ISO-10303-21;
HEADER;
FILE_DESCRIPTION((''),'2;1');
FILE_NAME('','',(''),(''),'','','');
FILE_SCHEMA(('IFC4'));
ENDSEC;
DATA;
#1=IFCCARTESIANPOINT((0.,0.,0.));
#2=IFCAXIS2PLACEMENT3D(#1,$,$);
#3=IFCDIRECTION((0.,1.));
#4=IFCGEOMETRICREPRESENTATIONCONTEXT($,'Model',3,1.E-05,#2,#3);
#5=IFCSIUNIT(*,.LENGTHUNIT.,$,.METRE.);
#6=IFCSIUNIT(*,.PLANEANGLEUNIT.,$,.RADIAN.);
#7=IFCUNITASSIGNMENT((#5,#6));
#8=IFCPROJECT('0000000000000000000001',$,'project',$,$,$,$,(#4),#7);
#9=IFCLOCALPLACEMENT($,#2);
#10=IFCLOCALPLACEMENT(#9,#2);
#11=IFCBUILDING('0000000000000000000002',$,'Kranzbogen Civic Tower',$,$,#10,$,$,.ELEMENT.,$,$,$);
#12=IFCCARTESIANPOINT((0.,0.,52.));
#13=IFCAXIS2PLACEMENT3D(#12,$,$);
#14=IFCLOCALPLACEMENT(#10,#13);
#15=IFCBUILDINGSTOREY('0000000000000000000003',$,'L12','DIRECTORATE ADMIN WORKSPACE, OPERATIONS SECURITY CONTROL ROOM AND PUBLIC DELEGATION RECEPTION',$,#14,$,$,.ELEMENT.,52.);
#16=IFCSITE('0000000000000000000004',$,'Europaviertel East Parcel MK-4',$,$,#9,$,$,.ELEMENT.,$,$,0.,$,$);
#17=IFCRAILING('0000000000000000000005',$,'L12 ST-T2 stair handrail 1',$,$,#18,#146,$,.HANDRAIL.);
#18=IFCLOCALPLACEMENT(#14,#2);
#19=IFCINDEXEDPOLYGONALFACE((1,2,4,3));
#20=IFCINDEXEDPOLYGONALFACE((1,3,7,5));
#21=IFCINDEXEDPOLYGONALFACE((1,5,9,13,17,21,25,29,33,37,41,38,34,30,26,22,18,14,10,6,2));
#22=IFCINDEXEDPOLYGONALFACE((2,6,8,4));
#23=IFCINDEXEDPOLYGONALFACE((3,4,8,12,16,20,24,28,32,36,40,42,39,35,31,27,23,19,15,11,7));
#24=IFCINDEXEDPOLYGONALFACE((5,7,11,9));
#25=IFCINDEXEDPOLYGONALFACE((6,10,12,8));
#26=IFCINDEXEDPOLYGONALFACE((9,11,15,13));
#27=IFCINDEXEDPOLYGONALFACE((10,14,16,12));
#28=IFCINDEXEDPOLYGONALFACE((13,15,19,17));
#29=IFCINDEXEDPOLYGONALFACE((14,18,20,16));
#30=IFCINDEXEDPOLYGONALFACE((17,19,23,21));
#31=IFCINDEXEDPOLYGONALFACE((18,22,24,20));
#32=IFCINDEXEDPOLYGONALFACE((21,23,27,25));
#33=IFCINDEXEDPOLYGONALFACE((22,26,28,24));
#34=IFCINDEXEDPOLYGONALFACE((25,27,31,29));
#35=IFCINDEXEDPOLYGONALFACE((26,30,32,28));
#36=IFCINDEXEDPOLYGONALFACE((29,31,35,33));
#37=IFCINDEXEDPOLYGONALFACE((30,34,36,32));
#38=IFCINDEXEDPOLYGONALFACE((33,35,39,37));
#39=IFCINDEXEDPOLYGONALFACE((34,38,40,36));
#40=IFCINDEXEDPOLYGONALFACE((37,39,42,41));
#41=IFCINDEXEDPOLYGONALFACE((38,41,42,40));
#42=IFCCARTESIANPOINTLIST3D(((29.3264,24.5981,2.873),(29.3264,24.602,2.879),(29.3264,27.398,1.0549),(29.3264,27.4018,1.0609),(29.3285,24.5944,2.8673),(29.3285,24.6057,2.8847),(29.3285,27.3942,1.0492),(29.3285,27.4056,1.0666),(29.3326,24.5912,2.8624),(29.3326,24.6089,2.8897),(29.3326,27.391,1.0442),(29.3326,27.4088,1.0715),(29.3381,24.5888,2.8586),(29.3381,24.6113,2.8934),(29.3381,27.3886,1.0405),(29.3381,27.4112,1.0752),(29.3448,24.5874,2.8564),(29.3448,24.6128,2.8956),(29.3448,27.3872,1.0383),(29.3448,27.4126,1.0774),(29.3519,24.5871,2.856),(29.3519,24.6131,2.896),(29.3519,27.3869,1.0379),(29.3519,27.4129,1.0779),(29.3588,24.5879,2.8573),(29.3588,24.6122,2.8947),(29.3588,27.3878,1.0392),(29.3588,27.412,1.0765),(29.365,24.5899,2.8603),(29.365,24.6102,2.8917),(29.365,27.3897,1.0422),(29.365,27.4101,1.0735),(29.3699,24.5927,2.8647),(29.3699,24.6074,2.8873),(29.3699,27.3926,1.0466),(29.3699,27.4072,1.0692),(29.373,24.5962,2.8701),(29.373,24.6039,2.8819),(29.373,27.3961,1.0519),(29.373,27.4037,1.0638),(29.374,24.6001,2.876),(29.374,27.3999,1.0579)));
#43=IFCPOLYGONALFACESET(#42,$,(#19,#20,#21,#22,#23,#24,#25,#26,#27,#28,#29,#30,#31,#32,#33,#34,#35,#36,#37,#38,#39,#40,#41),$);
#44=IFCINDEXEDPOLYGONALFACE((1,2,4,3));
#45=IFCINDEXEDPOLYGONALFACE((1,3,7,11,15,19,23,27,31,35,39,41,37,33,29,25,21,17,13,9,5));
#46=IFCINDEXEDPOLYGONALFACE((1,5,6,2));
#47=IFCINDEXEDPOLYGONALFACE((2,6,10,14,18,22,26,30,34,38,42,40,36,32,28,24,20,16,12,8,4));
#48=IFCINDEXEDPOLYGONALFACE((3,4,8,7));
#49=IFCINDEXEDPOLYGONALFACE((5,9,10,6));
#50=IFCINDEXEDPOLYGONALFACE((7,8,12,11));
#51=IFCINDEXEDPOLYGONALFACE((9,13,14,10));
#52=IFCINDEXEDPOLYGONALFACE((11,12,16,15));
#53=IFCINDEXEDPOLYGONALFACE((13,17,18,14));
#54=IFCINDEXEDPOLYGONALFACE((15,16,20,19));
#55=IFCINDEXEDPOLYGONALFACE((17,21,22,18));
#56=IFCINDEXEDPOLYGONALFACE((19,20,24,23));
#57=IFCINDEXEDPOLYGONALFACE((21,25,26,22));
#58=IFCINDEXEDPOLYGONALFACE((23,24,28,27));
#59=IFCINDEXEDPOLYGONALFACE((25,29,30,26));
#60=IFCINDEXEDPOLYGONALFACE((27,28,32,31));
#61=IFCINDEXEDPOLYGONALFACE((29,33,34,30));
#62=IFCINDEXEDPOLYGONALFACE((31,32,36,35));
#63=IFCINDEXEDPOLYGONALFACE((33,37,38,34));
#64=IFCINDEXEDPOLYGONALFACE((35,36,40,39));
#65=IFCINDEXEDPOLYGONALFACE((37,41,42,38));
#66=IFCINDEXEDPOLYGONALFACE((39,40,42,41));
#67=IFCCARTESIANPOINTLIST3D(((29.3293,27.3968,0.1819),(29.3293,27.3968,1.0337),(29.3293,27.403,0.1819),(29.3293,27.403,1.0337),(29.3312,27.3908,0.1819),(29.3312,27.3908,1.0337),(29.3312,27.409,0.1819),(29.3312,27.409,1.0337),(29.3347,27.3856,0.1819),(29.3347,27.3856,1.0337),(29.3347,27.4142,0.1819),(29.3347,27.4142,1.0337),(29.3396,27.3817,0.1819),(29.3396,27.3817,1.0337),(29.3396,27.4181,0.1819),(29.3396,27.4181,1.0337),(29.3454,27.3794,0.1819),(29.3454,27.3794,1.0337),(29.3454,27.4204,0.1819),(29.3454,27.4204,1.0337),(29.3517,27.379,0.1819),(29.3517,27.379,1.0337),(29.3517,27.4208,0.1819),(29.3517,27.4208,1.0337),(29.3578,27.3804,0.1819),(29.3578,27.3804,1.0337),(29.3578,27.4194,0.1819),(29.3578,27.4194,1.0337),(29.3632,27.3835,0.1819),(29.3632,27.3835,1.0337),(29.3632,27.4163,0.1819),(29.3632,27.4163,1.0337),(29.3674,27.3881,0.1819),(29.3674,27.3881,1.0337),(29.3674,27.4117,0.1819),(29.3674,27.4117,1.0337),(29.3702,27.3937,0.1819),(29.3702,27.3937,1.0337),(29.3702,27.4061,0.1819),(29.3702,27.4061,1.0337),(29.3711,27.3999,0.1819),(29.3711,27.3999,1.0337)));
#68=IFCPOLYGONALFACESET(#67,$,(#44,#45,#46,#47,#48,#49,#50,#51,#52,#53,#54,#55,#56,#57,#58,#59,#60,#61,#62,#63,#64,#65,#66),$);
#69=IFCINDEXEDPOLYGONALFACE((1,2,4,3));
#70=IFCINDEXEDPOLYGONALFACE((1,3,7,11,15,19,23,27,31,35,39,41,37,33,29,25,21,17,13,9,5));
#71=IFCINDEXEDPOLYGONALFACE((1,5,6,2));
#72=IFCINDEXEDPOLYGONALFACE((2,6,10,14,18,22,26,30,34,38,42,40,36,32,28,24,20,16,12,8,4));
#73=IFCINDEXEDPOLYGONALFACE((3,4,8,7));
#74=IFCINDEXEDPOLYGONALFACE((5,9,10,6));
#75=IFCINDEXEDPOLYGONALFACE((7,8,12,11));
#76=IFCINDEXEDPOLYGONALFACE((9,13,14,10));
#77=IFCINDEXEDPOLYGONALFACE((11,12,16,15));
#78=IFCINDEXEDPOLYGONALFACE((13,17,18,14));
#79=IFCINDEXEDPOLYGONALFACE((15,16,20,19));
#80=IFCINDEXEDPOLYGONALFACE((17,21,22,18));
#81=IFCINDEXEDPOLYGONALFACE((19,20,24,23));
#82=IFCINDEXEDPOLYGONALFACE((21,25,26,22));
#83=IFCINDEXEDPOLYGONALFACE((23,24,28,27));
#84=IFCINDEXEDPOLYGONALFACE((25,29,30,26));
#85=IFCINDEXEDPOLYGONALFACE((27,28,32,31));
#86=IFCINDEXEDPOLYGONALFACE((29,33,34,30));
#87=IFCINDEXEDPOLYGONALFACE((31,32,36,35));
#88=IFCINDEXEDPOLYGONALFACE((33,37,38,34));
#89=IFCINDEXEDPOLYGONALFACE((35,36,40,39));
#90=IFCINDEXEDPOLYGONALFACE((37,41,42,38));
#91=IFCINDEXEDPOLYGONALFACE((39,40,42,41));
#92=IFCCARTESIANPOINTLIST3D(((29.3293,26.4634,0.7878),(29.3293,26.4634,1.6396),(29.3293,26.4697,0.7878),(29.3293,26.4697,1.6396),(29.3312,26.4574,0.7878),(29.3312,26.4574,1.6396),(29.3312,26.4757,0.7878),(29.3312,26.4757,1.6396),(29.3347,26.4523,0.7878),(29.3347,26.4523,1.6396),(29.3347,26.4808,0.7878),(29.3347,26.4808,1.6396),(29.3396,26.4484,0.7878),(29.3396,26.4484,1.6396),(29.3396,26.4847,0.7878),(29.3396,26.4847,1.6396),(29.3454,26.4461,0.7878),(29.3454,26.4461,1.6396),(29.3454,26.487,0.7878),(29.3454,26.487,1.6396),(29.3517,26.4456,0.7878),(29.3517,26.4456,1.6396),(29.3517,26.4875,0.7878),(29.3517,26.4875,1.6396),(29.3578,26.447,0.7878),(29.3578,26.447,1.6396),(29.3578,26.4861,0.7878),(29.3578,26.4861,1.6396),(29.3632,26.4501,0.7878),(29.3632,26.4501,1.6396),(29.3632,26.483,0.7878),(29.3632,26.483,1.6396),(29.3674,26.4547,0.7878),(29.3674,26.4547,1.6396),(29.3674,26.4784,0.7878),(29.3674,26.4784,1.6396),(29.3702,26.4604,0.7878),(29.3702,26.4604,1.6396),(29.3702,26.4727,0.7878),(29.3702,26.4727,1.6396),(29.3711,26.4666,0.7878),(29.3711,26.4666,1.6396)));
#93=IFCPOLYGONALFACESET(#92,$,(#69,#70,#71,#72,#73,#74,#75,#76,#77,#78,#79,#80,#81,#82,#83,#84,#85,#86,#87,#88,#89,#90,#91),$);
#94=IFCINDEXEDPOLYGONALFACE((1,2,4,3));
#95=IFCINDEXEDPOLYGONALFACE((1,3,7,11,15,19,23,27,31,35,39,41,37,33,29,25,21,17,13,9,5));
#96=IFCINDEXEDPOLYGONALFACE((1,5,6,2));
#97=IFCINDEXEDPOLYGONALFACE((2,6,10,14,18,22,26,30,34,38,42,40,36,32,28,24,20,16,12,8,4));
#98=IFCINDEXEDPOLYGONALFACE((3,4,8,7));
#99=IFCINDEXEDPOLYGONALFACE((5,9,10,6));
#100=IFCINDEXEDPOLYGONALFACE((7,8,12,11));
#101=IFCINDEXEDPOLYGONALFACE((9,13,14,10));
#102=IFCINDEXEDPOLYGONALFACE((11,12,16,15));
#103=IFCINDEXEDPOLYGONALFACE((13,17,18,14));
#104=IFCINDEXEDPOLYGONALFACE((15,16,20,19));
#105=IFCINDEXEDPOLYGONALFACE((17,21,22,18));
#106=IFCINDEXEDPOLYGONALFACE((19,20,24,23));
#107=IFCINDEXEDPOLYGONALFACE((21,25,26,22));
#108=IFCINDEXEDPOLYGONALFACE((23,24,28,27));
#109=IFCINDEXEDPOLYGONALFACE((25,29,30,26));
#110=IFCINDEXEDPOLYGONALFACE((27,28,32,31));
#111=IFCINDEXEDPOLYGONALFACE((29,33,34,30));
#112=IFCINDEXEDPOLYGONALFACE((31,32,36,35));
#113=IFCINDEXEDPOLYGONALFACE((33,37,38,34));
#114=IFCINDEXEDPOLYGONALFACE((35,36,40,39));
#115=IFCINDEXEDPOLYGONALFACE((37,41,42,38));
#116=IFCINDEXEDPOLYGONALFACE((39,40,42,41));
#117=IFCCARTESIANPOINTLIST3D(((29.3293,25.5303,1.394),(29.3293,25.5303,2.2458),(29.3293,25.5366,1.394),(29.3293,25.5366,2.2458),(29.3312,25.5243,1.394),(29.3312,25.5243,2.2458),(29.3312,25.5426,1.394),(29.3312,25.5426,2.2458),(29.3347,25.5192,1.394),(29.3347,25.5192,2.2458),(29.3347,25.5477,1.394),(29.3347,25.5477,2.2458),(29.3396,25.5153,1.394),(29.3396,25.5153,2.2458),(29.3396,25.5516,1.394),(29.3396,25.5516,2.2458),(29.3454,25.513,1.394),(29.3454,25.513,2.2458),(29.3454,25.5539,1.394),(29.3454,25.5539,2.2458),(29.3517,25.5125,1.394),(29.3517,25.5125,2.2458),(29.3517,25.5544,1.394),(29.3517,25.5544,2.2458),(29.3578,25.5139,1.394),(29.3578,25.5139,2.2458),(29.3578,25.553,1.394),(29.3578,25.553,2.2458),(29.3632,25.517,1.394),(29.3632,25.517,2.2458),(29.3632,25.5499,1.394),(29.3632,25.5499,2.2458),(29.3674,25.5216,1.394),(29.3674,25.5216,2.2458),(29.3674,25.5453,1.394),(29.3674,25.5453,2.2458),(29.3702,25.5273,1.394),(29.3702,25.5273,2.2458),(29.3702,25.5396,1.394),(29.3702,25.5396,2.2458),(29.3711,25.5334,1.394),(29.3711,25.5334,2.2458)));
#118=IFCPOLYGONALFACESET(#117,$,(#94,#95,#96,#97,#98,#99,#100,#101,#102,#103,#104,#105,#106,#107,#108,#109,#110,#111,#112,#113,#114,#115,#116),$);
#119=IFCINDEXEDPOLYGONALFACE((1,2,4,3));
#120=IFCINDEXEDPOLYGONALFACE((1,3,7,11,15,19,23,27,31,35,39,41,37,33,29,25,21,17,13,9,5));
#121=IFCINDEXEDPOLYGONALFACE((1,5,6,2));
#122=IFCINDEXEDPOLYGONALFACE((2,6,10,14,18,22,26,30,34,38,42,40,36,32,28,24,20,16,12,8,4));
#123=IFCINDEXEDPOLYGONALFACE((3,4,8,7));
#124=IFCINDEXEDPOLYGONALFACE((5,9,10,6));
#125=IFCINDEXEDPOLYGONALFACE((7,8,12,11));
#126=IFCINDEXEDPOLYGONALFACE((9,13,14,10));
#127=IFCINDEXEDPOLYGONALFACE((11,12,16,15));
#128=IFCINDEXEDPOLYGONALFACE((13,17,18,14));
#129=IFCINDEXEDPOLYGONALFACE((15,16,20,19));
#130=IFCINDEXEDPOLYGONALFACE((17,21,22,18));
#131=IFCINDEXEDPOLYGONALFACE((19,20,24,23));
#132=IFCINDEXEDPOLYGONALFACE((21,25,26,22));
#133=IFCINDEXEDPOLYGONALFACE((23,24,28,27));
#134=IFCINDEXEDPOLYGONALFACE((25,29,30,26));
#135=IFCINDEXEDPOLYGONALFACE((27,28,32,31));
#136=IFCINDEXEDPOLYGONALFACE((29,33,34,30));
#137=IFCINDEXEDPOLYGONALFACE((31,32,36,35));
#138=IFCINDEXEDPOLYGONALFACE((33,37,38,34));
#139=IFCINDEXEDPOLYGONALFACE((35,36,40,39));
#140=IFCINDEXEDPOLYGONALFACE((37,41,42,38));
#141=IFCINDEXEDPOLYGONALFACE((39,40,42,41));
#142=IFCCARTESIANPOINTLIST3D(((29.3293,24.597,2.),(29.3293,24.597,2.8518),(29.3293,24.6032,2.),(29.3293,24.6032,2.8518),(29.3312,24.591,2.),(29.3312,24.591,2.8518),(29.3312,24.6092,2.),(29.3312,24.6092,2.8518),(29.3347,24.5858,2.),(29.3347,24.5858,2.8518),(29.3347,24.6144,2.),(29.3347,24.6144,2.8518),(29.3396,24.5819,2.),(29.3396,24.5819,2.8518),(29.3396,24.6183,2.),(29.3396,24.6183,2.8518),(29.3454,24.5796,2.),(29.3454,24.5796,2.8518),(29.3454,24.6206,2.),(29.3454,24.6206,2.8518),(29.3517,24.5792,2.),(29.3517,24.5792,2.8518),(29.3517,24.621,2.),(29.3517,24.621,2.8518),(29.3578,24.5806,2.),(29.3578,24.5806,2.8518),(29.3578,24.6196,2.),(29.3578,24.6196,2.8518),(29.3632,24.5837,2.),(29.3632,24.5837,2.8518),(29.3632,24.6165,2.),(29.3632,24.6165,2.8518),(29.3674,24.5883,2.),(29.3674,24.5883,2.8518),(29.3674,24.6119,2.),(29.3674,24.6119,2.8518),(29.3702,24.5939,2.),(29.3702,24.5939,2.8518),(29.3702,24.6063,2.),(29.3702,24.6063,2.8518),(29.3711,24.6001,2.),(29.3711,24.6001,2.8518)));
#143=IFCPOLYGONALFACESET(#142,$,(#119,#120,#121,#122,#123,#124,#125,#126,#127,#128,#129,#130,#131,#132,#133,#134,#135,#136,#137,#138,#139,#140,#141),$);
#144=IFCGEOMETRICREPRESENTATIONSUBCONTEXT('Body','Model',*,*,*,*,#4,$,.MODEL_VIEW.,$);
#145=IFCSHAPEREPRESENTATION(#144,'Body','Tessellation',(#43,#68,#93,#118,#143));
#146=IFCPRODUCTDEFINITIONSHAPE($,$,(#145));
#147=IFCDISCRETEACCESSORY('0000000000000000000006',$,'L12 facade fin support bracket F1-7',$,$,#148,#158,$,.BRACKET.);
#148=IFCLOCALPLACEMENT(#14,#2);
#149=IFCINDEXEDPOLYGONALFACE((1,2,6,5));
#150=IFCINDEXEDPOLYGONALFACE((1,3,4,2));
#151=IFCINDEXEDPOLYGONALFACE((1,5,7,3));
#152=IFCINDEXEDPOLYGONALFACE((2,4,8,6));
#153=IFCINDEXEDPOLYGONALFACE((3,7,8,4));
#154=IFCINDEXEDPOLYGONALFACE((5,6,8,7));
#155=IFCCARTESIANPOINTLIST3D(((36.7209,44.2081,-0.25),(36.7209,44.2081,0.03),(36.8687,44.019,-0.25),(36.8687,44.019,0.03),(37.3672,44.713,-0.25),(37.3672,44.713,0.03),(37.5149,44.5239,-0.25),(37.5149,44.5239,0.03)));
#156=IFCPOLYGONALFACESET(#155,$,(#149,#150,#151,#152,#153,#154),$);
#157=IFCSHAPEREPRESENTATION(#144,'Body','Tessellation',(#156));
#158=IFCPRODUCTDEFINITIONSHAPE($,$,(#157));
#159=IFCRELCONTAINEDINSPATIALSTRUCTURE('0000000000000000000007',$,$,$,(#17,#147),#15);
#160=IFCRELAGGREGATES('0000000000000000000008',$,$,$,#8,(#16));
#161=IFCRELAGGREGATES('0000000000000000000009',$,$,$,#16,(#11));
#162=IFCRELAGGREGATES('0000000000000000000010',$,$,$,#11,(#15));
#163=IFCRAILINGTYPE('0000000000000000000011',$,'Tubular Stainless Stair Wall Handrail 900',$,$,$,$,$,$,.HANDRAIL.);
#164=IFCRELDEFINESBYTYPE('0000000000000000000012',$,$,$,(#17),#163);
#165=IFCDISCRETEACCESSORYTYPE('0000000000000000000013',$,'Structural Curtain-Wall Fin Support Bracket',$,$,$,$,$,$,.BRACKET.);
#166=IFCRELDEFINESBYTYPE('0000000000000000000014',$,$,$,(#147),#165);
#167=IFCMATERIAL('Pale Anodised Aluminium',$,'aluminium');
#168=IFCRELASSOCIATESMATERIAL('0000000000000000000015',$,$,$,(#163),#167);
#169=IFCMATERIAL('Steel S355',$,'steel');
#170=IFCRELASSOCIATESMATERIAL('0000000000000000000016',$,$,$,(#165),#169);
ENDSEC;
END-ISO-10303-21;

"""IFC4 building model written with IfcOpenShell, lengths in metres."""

from ifc_helpers import new_model, si_unit, direction, frame, origin, origin_2d, place, context, subcontext, project, spatial, rectangle, circle, extrude, material, type_object, element, save


model = new_model("IFC4")

# Units and contexts
model_context = context("Model", 3, precision=1e-05, world=origin(), true_north=direction((0.0, 1.0)))
body_context = subcontext(model_context, "Body", "Model", "MODEL_VIEW")
ifc_project = project(units=[si_unit("LENGTHUNIT", "METRE"), si_unit("PLANEANGLEUNIT", "RADIAN")], contexts=[model_context])

# Site, building, storey
site_placement = place(None, origin())
site = spatial("IfcSite", under=ifc_project, at=site_placement, Name="Europaviertel East Parcel MK-4", CompositionType="ELEMENT", RefElevation=0.0)
building_placement = place(site_placement, origin())
building = spatial("IfcBuilding", under=site, at=building_placement, Name="Kranzbogen Civic Tower", CompositionType="ELEMENT")
storey_placement = place(building_placement, frame((0.0, 0.0, 52.0)))
storey = spatial("IfcBuildingStorey", under=building, at=storey_placement, Name="L12", Description="DIRECTORATE ADMIN WORKSPACE, OPERATIONS SECURITY CONTROL ROOM AND PUBLIC DELEGATION RECEPTION", CompositionType="ELEMENT", Elevation=52.0)

# Shared definitions
ifc_material_1 = material(Name="Pale Anodised Aluminium", Category="aluminium")

# Shared definitions
ifc_material_2 = material(Name="Steel S355", Category="steel")

# Railing
railing_type_1 = type_object("IfcRailingType", Name="Tubular Stainless Stair Wall Handrail 900", PredefinedType="HANDRAIL", material=ifc_material_1)
railing_1_placement = place(storey_placement, frame((29.3501, 27.3999, 0.1819)))
element("IfcRailing", 1, at=railing_1_placement, inside=storey, type_object=railing_type_1, Name="L12 ST-T2 stair handrail 1", PredefinedType="HANDRAIL", context=body_context, shape_type="SweptSolid", body=[
    extrude(circle(Radius=0.0239, at=origin_2d()), frame((0.0, 0.0, 0.876), z_axis=(0.0, -0.838684, 0.544618), x_axis=(1.0, 0.0, 0.0)), (0.0, 0.0, 1.0), 3.3384),
    extrude(circle(Radius=0.021, at=origin_2d()), origin(), (0.0, 0.0, 1.0), 0.8518),
    extrude(circle(Radius=0.021, at=origin_2d()), frame((0.0, -0.9333, 0.606)), (0.0, 0.0, 1.0), 0.8518),
    extrude(circle(Radius=0.021, at=origin_2d()), frame((0.0, -1.8665, 1.2122)), (0.0, 0.0, 1.0), 0.8518),
    extrude(circle(Radius=0.021, at=origin_2d()), frame((0.0, -2.7998, 1.8181)), (0.0, 0.0, 1.0), 0.8518),
])

# Discrete accessory
discrete_accessory_type = type_object("IfcDiscreteAccessoryType", Name="Structural Curtain-Wall Fin Support Bracket", PredefinedType="BRACKET", material=ifc_material_2)
discrete_accessory_placement = place(storey_placement, frame((37.1179, 44.366, -0.25), z_axis=(0.0, 0.0, 1.0), x_axis=(0.788011, 0.615661, 0.0)))
element("IfcDiscreteAccessory", 2, at=discrete_accessory_placement, inside=storey, type_object=discrete_accessory_type, Name="L12 facade fin support bracket F1-7", PredefinedType="BRACKET", context=body_context, shape_type="SweptSolid", body=[
    extrude(rectangle(XDim=0.8201, YDim=0.24, at=origin_2d()), origin(), (0.0, 0.0, 1.0), 0.28),
])

save(model, "model.ifc")
